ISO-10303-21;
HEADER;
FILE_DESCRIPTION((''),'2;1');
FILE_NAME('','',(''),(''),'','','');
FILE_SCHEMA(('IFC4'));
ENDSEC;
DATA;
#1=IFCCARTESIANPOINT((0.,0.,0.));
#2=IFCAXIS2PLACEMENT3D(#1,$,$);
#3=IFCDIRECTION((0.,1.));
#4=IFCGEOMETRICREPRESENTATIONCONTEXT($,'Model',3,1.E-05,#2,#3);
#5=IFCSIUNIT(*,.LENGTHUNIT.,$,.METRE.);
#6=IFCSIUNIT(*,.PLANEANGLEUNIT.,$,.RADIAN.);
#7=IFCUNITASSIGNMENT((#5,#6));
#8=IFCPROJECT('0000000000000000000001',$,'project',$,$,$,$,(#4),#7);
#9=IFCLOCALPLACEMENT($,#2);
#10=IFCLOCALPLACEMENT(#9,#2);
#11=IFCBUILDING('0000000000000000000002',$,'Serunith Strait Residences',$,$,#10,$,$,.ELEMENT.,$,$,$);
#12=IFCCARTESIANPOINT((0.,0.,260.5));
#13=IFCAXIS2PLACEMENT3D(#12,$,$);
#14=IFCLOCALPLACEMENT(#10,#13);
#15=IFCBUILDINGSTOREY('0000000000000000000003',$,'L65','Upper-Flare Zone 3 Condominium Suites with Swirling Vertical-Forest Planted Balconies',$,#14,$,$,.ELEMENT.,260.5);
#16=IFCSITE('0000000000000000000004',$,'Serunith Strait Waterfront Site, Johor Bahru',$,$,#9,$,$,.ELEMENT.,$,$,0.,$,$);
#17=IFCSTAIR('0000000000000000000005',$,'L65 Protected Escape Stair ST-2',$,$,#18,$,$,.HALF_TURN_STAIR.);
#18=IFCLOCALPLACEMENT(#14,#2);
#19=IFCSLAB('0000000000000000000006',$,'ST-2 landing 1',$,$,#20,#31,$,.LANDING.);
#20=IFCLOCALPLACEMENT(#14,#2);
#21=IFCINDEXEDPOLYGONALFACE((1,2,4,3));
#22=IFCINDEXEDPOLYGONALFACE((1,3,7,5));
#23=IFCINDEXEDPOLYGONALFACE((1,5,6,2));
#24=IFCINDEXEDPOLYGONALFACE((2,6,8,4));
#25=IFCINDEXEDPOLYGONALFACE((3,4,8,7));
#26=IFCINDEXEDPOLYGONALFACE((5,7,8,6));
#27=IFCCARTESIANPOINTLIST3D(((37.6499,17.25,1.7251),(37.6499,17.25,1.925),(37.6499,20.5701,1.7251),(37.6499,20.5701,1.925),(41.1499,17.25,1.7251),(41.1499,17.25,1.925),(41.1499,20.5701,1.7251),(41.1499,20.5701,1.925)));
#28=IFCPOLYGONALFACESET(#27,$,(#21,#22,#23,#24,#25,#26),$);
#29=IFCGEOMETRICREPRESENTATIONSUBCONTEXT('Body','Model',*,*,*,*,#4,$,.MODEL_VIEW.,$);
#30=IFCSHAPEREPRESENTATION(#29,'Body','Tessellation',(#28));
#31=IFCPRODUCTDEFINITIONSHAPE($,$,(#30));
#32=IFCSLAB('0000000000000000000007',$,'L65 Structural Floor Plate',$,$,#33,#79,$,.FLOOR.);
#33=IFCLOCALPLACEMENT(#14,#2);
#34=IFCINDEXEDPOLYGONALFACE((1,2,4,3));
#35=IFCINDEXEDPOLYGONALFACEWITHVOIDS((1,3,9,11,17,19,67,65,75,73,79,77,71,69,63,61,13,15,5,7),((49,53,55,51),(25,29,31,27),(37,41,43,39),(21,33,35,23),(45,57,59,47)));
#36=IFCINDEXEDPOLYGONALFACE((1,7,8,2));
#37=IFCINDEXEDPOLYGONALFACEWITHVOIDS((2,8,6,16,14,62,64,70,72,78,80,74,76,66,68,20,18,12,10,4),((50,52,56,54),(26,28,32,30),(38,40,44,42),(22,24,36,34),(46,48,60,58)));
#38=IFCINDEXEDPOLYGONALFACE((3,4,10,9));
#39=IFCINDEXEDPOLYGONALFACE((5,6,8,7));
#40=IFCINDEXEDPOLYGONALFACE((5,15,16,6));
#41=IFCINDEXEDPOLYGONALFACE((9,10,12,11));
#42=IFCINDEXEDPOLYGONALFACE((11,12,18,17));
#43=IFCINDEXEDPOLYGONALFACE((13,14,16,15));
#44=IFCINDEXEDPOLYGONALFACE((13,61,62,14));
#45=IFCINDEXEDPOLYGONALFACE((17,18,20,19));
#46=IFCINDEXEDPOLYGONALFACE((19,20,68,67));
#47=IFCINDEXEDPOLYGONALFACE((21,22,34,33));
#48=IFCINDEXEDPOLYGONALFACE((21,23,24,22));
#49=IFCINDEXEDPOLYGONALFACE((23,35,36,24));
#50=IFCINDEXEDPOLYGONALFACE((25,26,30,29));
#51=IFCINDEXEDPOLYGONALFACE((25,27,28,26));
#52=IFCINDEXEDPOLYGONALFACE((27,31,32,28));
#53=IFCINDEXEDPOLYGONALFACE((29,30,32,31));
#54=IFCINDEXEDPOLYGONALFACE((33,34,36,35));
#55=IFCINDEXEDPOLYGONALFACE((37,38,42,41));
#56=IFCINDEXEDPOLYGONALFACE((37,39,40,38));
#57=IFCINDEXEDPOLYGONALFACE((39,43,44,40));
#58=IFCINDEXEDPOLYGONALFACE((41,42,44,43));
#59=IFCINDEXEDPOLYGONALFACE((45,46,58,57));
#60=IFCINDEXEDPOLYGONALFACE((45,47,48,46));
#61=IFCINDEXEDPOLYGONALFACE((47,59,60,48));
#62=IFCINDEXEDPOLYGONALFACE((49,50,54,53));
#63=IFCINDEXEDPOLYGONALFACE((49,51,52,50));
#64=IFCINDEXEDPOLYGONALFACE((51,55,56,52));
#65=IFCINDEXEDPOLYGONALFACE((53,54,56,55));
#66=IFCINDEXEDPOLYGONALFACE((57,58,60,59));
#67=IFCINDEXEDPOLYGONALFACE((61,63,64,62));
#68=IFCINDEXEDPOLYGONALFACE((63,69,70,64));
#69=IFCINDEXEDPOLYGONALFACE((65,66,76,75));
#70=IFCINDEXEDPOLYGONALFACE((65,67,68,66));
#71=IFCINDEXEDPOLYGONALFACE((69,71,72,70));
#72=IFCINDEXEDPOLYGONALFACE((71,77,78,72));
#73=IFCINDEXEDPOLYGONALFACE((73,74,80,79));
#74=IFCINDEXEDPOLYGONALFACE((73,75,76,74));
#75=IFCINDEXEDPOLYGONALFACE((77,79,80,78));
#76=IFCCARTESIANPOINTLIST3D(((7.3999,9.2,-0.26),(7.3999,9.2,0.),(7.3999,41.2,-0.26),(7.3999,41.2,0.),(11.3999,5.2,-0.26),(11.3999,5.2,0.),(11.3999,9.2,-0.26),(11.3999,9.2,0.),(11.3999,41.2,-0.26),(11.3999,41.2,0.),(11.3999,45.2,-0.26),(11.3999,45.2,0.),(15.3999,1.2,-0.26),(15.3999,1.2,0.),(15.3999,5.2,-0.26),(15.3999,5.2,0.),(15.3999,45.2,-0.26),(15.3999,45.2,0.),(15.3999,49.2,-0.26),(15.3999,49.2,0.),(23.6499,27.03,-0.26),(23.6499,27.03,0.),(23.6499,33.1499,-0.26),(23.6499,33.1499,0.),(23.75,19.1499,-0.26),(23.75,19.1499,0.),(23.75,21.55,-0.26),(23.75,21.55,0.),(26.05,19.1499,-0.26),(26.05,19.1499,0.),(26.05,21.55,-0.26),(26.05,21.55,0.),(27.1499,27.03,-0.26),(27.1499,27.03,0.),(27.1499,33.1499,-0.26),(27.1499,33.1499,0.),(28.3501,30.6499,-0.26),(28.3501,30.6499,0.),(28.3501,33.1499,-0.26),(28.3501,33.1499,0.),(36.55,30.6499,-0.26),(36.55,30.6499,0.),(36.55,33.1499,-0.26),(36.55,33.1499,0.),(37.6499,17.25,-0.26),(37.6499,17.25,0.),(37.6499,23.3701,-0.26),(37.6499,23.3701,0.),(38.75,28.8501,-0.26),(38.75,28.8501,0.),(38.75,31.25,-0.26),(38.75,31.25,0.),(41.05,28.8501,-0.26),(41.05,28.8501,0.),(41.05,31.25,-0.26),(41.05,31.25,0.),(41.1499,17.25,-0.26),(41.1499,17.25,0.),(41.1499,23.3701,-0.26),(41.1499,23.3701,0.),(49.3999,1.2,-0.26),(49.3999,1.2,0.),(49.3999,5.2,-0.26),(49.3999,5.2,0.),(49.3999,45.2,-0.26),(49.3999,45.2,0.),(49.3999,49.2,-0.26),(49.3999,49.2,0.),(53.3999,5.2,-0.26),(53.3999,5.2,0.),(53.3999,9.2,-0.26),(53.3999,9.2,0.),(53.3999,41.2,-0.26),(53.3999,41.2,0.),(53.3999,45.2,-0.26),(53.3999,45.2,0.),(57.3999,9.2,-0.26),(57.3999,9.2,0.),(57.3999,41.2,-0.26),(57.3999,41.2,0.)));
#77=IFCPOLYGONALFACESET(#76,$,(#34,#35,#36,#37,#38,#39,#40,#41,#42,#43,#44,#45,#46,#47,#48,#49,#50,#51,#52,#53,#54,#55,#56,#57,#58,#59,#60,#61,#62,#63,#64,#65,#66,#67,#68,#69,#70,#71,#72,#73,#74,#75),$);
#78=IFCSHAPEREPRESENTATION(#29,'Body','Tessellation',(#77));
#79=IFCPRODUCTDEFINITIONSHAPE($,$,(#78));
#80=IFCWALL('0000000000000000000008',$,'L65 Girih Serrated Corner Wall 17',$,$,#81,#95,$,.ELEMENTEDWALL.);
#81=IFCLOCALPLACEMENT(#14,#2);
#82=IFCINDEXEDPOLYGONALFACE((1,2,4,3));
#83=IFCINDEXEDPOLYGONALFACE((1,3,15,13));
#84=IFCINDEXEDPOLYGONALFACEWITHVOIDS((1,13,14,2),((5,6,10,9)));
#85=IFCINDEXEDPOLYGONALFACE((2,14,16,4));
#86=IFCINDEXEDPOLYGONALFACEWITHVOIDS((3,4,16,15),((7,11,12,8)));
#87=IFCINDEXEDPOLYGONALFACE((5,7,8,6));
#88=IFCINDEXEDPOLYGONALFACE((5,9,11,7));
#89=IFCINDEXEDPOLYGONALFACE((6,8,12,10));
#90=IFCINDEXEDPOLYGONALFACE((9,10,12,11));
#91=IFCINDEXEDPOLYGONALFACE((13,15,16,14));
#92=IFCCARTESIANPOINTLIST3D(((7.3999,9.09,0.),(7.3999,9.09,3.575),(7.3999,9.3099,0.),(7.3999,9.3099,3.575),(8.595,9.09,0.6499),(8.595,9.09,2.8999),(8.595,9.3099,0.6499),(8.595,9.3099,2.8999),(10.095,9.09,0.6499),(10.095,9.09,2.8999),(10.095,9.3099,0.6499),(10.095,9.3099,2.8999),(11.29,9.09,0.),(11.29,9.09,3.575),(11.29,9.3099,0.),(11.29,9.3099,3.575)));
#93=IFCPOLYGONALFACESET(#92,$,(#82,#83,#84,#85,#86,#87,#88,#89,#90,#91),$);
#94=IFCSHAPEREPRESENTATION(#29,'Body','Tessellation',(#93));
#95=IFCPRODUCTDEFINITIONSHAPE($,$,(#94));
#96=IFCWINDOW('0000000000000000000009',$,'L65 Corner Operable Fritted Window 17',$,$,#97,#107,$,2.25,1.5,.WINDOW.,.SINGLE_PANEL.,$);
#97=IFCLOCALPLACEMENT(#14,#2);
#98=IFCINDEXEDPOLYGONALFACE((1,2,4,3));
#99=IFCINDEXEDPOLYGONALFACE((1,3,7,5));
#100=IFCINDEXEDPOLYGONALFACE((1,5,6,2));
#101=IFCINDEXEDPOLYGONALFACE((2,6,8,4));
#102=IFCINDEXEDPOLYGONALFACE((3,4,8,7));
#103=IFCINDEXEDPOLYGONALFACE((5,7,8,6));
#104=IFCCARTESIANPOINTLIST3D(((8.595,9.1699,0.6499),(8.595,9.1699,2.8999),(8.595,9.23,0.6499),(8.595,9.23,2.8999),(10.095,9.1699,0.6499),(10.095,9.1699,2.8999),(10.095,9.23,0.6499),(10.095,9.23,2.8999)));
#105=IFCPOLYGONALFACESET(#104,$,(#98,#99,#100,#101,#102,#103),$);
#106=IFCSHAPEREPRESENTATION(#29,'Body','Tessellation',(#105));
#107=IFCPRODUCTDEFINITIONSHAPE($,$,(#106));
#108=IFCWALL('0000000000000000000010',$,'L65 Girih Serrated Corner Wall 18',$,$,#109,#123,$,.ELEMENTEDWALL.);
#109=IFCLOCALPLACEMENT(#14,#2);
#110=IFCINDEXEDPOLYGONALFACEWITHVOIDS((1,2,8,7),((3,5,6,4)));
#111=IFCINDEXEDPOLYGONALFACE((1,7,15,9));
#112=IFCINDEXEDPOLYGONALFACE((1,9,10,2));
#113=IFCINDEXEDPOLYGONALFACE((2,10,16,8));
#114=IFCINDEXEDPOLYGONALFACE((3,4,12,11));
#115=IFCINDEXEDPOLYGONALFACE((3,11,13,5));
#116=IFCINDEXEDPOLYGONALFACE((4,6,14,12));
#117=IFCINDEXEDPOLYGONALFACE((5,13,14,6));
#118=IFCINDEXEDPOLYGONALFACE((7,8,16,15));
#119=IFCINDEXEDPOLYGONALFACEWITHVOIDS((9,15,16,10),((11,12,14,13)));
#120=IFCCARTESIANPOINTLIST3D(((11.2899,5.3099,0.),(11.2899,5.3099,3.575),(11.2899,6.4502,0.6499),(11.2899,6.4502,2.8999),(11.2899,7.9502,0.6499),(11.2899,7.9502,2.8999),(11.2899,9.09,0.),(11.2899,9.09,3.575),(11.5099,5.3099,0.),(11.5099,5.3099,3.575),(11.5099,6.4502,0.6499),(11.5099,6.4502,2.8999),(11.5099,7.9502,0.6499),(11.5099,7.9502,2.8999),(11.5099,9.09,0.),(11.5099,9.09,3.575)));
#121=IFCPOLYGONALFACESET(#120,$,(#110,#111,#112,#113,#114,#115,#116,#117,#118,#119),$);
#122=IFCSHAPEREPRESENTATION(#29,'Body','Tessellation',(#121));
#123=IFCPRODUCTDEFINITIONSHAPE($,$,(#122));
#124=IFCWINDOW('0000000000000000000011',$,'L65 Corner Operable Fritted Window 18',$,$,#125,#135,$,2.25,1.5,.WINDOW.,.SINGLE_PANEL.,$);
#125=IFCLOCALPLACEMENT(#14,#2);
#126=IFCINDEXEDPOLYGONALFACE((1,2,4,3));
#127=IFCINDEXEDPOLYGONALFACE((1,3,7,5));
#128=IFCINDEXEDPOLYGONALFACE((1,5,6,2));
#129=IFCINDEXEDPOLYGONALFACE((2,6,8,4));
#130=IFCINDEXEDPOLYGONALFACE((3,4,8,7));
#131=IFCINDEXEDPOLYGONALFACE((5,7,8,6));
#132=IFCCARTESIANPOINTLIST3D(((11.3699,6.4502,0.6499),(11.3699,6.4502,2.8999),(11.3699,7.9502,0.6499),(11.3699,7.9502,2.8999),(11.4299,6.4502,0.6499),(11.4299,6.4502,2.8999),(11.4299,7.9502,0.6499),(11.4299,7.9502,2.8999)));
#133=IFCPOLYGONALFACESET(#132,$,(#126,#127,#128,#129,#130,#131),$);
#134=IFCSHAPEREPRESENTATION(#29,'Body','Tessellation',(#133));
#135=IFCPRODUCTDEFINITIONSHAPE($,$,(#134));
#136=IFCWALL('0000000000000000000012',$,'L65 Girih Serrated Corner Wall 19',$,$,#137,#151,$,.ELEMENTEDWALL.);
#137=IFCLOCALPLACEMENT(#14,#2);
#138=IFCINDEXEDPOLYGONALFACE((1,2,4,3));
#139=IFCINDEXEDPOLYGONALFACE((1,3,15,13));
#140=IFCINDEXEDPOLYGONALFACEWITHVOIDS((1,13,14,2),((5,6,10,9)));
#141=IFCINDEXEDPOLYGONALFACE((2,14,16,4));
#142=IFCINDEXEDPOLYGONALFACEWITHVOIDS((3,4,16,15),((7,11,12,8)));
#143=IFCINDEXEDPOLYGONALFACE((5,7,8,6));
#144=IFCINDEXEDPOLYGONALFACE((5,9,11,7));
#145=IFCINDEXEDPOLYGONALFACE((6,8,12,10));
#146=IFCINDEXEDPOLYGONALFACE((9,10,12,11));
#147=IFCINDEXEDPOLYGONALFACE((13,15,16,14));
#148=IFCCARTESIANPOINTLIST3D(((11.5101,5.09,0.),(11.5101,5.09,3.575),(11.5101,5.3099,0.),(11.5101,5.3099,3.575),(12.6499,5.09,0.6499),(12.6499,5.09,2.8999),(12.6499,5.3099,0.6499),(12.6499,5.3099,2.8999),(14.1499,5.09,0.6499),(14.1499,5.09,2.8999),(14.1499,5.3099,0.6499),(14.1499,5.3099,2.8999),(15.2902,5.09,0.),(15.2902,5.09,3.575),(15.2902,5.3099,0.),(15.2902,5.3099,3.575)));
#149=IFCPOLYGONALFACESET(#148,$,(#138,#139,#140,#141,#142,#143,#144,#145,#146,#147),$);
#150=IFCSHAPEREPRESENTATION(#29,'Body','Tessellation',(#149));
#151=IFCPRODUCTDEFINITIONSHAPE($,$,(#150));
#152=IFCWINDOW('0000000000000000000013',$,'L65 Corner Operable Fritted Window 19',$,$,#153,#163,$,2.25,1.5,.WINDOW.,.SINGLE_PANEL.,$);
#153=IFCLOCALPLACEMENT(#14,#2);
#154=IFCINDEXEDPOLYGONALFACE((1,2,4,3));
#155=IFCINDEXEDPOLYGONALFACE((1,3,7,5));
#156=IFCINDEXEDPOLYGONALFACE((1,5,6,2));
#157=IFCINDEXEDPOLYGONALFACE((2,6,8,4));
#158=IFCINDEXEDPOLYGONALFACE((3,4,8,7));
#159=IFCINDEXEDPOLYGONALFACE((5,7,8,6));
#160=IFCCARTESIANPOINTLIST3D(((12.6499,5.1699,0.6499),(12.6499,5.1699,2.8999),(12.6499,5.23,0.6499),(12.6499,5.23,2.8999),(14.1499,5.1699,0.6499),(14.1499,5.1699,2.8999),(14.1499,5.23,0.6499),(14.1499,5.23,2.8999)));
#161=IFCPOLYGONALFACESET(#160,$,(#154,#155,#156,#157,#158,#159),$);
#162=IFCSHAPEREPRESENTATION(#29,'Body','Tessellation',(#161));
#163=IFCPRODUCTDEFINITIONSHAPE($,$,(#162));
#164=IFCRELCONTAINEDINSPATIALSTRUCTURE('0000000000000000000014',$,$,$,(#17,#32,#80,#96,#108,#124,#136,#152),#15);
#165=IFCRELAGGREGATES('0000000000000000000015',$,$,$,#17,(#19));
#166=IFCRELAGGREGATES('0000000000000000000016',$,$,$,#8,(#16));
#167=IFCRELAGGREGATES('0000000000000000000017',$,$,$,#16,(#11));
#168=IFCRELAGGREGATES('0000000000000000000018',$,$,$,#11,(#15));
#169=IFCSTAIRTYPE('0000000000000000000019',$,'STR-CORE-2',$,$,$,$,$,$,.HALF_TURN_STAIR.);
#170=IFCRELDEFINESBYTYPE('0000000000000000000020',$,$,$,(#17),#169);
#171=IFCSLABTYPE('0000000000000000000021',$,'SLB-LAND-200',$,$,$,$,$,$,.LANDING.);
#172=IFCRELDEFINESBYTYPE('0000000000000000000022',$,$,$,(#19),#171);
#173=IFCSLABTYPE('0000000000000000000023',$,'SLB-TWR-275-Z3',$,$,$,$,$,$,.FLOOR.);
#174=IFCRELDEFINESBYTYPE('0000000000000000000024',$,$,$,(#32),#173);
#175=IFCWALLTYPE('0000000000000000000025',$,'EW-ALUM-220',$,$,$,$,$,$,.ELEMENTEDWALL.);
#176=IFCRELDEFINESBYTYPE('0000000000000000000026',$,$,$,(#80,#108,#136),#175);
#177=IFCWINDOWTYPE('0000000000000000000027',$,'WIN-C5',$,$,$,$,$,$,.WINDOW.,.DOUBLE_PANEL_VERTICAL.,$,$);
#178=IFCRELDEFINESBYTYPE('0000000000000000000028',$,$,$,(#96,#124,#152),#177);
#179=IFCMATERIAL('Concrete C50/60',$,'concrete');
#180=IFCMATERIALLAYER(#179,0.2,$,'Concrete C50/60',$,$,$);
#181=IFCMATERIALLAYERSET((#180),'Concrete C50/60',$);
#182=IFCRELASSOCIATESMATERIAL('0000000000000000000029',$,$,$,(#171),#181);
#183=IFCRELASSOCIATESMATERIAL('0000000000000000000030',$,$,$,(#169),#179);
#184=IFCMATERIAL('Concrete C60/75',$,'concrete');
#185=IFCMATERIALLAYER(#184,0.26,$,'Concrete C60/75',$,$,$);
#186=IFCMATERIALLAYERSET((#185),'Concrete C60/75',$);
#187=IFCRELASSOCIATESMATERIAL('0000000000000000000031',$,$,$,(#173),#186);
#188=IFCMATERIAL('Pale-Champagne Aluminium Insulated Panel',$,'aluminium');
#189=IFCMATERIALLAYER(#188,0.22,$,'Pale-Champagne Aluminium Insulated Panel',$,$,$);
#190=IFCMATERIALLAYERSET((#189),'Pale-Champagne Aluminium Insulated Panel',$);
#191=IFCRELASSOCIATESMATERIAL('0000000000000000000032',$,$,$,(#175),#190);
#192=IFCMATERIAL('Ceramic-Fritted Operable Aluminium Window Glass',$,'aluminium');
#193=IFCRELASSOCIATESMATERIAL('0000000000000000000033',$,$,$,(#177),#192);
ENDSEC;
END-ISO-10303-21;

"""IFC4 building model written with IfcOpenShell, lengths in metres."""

from ifc_helpers import new_model, si_unit, direction, frame, frame_2d, origin, place, context, subcontext, project, spatial, polyline, rectangle, outline, extrude, source, transform, mapped, material, layer, layer_set, type_object, element, fill, aggregate, save


model = new_model("IFC4")

# Units and contexts
model_context = context("Model", 3, precision=1e-05, world=origin(), true_north=direction((0.0, 1.0)))
body_context = subcontext(model_context, "Body", "Model", "MODEL_VIEW")
ifc_project = project(units=[si_unit("LENGTHUNIT", "METRE"), si_unit("PLANEANGLEUNIT", "RADIAN")], contexts=[model_context])

# Site, building, storey
site_placement = place(None, origin())
site = spatial("IfcSite", under=ifc_project, at=site_placement, Name="Serunith Strait Waterfront Site, Johor Bahru", CompositionType="ELEMENT", RefElevation=0.0)
building_placement = place(site_placement, origin())
building = spatial("IfcBuilding", under=site, at=building_placement, Name="Serunith Strait Residences", CompositionType="ELEMENT")
storey_placement = place(building_placement, frame((0.0, 0.0, 260.5)))
storey = spatial("IfcBuildingStorey", under=building, at=storey_placement, Name="L65", Description="Upper-Flare Zone 3 Condominium Suites with Swirling Vertical-Forest Planted Balconies", CompositionType="ELEMENT", Elevation=260.5)

# Shared definitions
ifc_material_1 = material(Name="Concrete C50/60", Category="concrete")

# Stair, slab
ifc_layer_1 = layer(ifc_material_1, 0.2, Name="Concrete C50/60")
ifc_layer_set_1 = layer_set([ifc_layer_1], Name="Concrete C50/60")
slab_type_1 = type_object("IfcSlabType", Name="SLB-LAND-200", PredefinedType="LANDING", material=ifc_layer_set_1)
stair_type_1 = type_object("IfcStairType", Name="STR-CORE-2", PredefinedType="HALF_TURN_STAIR", material=ifc_material_1)
stair_1_placement = place(storey_placement, origin())
stair_1 = element("IfcStair", 1, at=stair_1_placement, inside=storey, type_object=stair_type_1, Name="L65 Protected Escape Stair ST-2", PredefinedType="HALF_TURN_STAIR")
slab_1_placement = place(storey_placement, frame((0.0, 0.0, 1.7251)))
slab_1 = element("IfcSlab", 2, at=slab_1_placement, type_object=slab_type_1, Name="ST-2 landing 1", PredefinedType="LANDING", context=body_context, shape_type="SweptSolid", body=[
    extrude(outline(polyline([(37.6499, 20.5701), (37.6499, 17.25), (41.1499, 17.25), (41.1499, 20.5701), (37.6499, 20.5701)])), origin(), (0.0, 0.0, 1.0), 0.2),
])
aggregate(stair_1, [slab_1])

# Slab
ifc_material_2 = material(Name="Concrete C60/75", Category="concrete")
ifc_layer_2 = layer(ifc_material_2, 0.26, Name="Concrete C60/75")
ifc_layer_set_2 = layer_set([ifc_layer_2], Name="Concrete C60/75")
slab_type_2 = type_object("IfcSlabType", Name="SLB-TWR-275-Z3", PredefinedType="FLOOR", material=ifc_layer_set_2)
slab_2_placement = place(storey_placement, frame((0.0, 0.0, -0.26)))
element("IfcSlab", 3, at=slab_2_placement, inside=storey, type_object=slab_type_2, Name="L65 Structural Floor Plate", PredefinedType="FLOOR", context=body_context, shape_type="SweptSolid", body=[
    extrude(outline(polyline([(15.3999, 5.2), (11.3999, 5.2), (11.3999, 9.2), (7.3999, 9.2), (7.3999, 41.2), (11.3999, 41.2), (11.3999, 45.2), (15.3999, 45.2), (15.3999, 49.2), (49.3999, 49.2), (49.3999, 45.2), (53.3999, 45.2), (53.3999, 41.2), (57.3999, 41.2), (57.3999, 9.2), (53.3999, 9.2), (53.3999, 5.2), (49.3999, 5.2), (49.3999, 1.2), (15.3999, 1.2), (15.3999, 5.2)]), holes=[polyline([(41.1499, 23.3701), (37.6499, 23.3701), (37.6499, 17.25), (41.1499, 17.25), (41.1499, 23.3701)]), polyline([(38.75, 31.25), (38.75, 28.8501), (41.05, 28.8501), (41.05, 31.25), (38.75, 31.25)]), polyline([(36.55, 33.1499), (28.3501, 33.1499), (28.3501, 30.6499), (36.55, 30.6499), (36.55, 33.1499)]), polyline([(23.6499, 33.1499), (23.6499, 27.03), (27.1499, 27.03), (27.1499, 33.1499), (23.6499, 33.1499)]), polyline([(23.75, 21.55), (23.75, 19.1499), (26.05, 19.1499), (26.05, 21.55), (23.75, 21.55)])]), origin(), (0.0, 0.0, 1.0), 0.26),
])

# Walls, openings, windows
ifc_material_3 = material(Name="Pale-Champagne Aluminium Insulated Panel", Category="aluminium")
ifc_layer_3 = layer(ifc_material_3, 0.22, Name="Pale-Champagne Aluminium Insulated Panel")
ifc_layer_set_3 = layer_set([ifc_layer_3], Name="Pale-Champagne Aluminium Insulated Panel")
wall_type_1 = type_object("IfcWallType", Name="EW-ALUM-220", PredefinedType="ELEMENTEDWALL", material=ifc_layer_set_3)
wall_1_placement = place(storey_placement, frame((7.3999, 9.2, 0.0), z_axis=(0.0, 0.0, 1.0), x_axis=(1.0, 0.0, 0.0)))
wall_1 = element("IfcWall", 4, at=wall_1_placement, inside=storey, type_object=wall_type_1, Name="L65 Girih Serrated Corner Wall 17", PredefinedType="ELEMENTEDWALL", context=body_context, shape_type="SweptSolid", body=[
    extrude(rectangle(XDim=3.8901, YDim=0.22, at=frame_2d((1.9451, 0.0))), origin(), (0.0, 0.0, 1.0), 3.575),
])
opening_1_placement = place(wall_1_placement, frame((1.1951, 0.0, 0.6499)))
opening_1 = element("IfcOpeningElement", 5, at=opening_1_placement, cuts=wall_1, PredefinedType="OPENING", context=body_context, shape_type="SweptSolid", body=[
    extrude(rectangle(XDim=1.5, YDim=2.25, at=frame_2d((0.75, 1.125))), frame((0.0, 0.1201, 0.0), z_axis=(0.0, -1.0, 0.0), x_axis=(1.0, 0.0, 0.0)), (0.0, 0.0, 1.0), 0.24),
])
ifc_material_4 = material(Name="Ceramic-Fritted Operable Aluminium Window Glass", Category="aluminium")
window_type = type_object("IfcWindowType", Name="WIN-C5", PartitioningType="DOUBLE_PANEL_VERTICAL", PredefinedType="WINDOW", material=ifc_material_4)
shared_shape_1 = source(origin(), body_context, "Body", "SweptSolid", [
    extrude(rectangle(XDim=1.5, YDim=2.25, at=frame_2d((0.75, 1.125))), frame((0.0, 0.03, 0.0), z_axis=(0.0, -1.0, 0.0), x_axis=(1.0, 0.0, 0.0)), (0.0, 0.0, 1.0), 0.0601),
])
window_1_placement = place(opening_1_placement, origin())
window_1 = element("IfcWindow", 6, at=window_1_placement, inside=storey, type_object=window_type, Name="L65 Corner Operable Fritted Window 17", OverallHeight=2.25, OverallWidth=1.5, PartitioningType="SINGLE_PANEL", PredefinedType="WINDOW", context=body_context, shape_type="MappedRepresentation", body=[
    mapped(shared_shape_1, transform((0.0, 0.0, 0.0), scale=1.0)),
])
fill(opening_1, window_1)
wall_2_placement = place(storey_placement, frame((11.3999, 9.0901, 0.0), z_axis=(0.0, 0.0, 1.0), x_axis=(0.0, -1.0, 0.0)))
wall_2 = element("IfcWall", 7, at=wall_2_placement, inside=storey, type_object=wall_type_1, Name="L65 Girih Serrated Corner Wall 18", PredefinedType="ELEMENTEDWALL", context=body_context, shape_type="SweptSolid", body=[
    extrude(rectangle(XDim=3.78, YDim=0.22, at=frame_2d((1.8901, 0.0))), origin(), (0.0, 0.0, 1.0), 3.575),
])
opening_2_placement = place(wall_2_placement, frame((1.1399, 0.0, 0.6499)))
opening_2 = element("IfcOpeningElement", 8, at=opening_2_placement, cuts=wall_2, PredefinedType="OPENING", context=body_context, shape_type="SweptSolid", body=[
    extrude(rectangle(XDim=1.5, YDim=2.25, at=frame_2d((0.75, 1.125))), frame((0.0, 0.1201, 0.0), z_axis=(0.0, -1.0, 0.0), x_axis=(1.0, 0.0, 0.0)), (0.0, 0.0, 1.0), 0.24),
])
window_2_placement = place(opening_2_placement, origin())
window_2 = element("IfcWindow", 9, at=window_2_placement, inside=storey, type_object=window_type, Name="L65 Corner Operable Fritted Window 18", OverallHeight=2.25, OverallWidth=1.5, PartitioningType="SINGLE_PANEL", PredefinedType="WINDOW", context=body_context, shape_type="MappedRepresentation", body=[
    mapped(shared_shape_1, transform((0.0, 0.0, 0.0), scale=1.0)),
])
fill(opening_2, window_2)
wall_3_placement = place(storey_placement, frame((11.51, 5.2, 0.0), z_axis=(0.0, 0.0, 1.0), x_axis=(1.0, 0.0, 0.0)))
wall_3 = element("IfcWall", 10, at=wall_3_placement, inside=storey, type_object=wall_type_1, Name="L65 Girih Serrated Corner Wall 19", PredefinedType="ELEMENTEDWALL", context=body_context, shape_type="SweptSolid", body=[
    extrude(rectangle(XDim=3.78, YDim=0.22, at=frame_2d((1.8901, 0.0))), origin(), (0.0, 0.0, 1.0), 3.575),
])
opening_3_placement = place(wall_3_placement, frame((1.1399, 0.0, 0.6499)))
opening_3 = element("IfcOpeningElement", 11, at=opening_3_placement, cuts=wall_3, PredefinedType="OPENING", context=body_context, shape_type="SweptSolid", body=[
    extrude(rectangle(XDim=1.5, YDim=2.25, at=frame_2d((0.75, 1.125))), frame((0.0, 0.1201, 0.0), z_axis=(0.0, -1.0, 0.0), x_axis=(1.0, 0.0, 0.0)), (0.0, 0.0, 1.0), 0.24),
])
window_3_placement = place(opening_3_placement, origin())
window_3 = element("IfcWindow", 12, at=window_3_placement, inside=storey, type_object=window_type, Name="L65 Corner Operable Fritted Window 19", OverallHeight=2.25, OverallWidth=1.5, PartitioningType="SINGLE_PANEL", PredefinedType="WINDOW", context=body_context, shape_type="MappedRepresentation", body=[
    mapped(shared_shape_1, transform((0.0, 0.0, 0.0), scale=1.0)),
])
fill(opening_3, window_3)

save(model, "model.ifc")
